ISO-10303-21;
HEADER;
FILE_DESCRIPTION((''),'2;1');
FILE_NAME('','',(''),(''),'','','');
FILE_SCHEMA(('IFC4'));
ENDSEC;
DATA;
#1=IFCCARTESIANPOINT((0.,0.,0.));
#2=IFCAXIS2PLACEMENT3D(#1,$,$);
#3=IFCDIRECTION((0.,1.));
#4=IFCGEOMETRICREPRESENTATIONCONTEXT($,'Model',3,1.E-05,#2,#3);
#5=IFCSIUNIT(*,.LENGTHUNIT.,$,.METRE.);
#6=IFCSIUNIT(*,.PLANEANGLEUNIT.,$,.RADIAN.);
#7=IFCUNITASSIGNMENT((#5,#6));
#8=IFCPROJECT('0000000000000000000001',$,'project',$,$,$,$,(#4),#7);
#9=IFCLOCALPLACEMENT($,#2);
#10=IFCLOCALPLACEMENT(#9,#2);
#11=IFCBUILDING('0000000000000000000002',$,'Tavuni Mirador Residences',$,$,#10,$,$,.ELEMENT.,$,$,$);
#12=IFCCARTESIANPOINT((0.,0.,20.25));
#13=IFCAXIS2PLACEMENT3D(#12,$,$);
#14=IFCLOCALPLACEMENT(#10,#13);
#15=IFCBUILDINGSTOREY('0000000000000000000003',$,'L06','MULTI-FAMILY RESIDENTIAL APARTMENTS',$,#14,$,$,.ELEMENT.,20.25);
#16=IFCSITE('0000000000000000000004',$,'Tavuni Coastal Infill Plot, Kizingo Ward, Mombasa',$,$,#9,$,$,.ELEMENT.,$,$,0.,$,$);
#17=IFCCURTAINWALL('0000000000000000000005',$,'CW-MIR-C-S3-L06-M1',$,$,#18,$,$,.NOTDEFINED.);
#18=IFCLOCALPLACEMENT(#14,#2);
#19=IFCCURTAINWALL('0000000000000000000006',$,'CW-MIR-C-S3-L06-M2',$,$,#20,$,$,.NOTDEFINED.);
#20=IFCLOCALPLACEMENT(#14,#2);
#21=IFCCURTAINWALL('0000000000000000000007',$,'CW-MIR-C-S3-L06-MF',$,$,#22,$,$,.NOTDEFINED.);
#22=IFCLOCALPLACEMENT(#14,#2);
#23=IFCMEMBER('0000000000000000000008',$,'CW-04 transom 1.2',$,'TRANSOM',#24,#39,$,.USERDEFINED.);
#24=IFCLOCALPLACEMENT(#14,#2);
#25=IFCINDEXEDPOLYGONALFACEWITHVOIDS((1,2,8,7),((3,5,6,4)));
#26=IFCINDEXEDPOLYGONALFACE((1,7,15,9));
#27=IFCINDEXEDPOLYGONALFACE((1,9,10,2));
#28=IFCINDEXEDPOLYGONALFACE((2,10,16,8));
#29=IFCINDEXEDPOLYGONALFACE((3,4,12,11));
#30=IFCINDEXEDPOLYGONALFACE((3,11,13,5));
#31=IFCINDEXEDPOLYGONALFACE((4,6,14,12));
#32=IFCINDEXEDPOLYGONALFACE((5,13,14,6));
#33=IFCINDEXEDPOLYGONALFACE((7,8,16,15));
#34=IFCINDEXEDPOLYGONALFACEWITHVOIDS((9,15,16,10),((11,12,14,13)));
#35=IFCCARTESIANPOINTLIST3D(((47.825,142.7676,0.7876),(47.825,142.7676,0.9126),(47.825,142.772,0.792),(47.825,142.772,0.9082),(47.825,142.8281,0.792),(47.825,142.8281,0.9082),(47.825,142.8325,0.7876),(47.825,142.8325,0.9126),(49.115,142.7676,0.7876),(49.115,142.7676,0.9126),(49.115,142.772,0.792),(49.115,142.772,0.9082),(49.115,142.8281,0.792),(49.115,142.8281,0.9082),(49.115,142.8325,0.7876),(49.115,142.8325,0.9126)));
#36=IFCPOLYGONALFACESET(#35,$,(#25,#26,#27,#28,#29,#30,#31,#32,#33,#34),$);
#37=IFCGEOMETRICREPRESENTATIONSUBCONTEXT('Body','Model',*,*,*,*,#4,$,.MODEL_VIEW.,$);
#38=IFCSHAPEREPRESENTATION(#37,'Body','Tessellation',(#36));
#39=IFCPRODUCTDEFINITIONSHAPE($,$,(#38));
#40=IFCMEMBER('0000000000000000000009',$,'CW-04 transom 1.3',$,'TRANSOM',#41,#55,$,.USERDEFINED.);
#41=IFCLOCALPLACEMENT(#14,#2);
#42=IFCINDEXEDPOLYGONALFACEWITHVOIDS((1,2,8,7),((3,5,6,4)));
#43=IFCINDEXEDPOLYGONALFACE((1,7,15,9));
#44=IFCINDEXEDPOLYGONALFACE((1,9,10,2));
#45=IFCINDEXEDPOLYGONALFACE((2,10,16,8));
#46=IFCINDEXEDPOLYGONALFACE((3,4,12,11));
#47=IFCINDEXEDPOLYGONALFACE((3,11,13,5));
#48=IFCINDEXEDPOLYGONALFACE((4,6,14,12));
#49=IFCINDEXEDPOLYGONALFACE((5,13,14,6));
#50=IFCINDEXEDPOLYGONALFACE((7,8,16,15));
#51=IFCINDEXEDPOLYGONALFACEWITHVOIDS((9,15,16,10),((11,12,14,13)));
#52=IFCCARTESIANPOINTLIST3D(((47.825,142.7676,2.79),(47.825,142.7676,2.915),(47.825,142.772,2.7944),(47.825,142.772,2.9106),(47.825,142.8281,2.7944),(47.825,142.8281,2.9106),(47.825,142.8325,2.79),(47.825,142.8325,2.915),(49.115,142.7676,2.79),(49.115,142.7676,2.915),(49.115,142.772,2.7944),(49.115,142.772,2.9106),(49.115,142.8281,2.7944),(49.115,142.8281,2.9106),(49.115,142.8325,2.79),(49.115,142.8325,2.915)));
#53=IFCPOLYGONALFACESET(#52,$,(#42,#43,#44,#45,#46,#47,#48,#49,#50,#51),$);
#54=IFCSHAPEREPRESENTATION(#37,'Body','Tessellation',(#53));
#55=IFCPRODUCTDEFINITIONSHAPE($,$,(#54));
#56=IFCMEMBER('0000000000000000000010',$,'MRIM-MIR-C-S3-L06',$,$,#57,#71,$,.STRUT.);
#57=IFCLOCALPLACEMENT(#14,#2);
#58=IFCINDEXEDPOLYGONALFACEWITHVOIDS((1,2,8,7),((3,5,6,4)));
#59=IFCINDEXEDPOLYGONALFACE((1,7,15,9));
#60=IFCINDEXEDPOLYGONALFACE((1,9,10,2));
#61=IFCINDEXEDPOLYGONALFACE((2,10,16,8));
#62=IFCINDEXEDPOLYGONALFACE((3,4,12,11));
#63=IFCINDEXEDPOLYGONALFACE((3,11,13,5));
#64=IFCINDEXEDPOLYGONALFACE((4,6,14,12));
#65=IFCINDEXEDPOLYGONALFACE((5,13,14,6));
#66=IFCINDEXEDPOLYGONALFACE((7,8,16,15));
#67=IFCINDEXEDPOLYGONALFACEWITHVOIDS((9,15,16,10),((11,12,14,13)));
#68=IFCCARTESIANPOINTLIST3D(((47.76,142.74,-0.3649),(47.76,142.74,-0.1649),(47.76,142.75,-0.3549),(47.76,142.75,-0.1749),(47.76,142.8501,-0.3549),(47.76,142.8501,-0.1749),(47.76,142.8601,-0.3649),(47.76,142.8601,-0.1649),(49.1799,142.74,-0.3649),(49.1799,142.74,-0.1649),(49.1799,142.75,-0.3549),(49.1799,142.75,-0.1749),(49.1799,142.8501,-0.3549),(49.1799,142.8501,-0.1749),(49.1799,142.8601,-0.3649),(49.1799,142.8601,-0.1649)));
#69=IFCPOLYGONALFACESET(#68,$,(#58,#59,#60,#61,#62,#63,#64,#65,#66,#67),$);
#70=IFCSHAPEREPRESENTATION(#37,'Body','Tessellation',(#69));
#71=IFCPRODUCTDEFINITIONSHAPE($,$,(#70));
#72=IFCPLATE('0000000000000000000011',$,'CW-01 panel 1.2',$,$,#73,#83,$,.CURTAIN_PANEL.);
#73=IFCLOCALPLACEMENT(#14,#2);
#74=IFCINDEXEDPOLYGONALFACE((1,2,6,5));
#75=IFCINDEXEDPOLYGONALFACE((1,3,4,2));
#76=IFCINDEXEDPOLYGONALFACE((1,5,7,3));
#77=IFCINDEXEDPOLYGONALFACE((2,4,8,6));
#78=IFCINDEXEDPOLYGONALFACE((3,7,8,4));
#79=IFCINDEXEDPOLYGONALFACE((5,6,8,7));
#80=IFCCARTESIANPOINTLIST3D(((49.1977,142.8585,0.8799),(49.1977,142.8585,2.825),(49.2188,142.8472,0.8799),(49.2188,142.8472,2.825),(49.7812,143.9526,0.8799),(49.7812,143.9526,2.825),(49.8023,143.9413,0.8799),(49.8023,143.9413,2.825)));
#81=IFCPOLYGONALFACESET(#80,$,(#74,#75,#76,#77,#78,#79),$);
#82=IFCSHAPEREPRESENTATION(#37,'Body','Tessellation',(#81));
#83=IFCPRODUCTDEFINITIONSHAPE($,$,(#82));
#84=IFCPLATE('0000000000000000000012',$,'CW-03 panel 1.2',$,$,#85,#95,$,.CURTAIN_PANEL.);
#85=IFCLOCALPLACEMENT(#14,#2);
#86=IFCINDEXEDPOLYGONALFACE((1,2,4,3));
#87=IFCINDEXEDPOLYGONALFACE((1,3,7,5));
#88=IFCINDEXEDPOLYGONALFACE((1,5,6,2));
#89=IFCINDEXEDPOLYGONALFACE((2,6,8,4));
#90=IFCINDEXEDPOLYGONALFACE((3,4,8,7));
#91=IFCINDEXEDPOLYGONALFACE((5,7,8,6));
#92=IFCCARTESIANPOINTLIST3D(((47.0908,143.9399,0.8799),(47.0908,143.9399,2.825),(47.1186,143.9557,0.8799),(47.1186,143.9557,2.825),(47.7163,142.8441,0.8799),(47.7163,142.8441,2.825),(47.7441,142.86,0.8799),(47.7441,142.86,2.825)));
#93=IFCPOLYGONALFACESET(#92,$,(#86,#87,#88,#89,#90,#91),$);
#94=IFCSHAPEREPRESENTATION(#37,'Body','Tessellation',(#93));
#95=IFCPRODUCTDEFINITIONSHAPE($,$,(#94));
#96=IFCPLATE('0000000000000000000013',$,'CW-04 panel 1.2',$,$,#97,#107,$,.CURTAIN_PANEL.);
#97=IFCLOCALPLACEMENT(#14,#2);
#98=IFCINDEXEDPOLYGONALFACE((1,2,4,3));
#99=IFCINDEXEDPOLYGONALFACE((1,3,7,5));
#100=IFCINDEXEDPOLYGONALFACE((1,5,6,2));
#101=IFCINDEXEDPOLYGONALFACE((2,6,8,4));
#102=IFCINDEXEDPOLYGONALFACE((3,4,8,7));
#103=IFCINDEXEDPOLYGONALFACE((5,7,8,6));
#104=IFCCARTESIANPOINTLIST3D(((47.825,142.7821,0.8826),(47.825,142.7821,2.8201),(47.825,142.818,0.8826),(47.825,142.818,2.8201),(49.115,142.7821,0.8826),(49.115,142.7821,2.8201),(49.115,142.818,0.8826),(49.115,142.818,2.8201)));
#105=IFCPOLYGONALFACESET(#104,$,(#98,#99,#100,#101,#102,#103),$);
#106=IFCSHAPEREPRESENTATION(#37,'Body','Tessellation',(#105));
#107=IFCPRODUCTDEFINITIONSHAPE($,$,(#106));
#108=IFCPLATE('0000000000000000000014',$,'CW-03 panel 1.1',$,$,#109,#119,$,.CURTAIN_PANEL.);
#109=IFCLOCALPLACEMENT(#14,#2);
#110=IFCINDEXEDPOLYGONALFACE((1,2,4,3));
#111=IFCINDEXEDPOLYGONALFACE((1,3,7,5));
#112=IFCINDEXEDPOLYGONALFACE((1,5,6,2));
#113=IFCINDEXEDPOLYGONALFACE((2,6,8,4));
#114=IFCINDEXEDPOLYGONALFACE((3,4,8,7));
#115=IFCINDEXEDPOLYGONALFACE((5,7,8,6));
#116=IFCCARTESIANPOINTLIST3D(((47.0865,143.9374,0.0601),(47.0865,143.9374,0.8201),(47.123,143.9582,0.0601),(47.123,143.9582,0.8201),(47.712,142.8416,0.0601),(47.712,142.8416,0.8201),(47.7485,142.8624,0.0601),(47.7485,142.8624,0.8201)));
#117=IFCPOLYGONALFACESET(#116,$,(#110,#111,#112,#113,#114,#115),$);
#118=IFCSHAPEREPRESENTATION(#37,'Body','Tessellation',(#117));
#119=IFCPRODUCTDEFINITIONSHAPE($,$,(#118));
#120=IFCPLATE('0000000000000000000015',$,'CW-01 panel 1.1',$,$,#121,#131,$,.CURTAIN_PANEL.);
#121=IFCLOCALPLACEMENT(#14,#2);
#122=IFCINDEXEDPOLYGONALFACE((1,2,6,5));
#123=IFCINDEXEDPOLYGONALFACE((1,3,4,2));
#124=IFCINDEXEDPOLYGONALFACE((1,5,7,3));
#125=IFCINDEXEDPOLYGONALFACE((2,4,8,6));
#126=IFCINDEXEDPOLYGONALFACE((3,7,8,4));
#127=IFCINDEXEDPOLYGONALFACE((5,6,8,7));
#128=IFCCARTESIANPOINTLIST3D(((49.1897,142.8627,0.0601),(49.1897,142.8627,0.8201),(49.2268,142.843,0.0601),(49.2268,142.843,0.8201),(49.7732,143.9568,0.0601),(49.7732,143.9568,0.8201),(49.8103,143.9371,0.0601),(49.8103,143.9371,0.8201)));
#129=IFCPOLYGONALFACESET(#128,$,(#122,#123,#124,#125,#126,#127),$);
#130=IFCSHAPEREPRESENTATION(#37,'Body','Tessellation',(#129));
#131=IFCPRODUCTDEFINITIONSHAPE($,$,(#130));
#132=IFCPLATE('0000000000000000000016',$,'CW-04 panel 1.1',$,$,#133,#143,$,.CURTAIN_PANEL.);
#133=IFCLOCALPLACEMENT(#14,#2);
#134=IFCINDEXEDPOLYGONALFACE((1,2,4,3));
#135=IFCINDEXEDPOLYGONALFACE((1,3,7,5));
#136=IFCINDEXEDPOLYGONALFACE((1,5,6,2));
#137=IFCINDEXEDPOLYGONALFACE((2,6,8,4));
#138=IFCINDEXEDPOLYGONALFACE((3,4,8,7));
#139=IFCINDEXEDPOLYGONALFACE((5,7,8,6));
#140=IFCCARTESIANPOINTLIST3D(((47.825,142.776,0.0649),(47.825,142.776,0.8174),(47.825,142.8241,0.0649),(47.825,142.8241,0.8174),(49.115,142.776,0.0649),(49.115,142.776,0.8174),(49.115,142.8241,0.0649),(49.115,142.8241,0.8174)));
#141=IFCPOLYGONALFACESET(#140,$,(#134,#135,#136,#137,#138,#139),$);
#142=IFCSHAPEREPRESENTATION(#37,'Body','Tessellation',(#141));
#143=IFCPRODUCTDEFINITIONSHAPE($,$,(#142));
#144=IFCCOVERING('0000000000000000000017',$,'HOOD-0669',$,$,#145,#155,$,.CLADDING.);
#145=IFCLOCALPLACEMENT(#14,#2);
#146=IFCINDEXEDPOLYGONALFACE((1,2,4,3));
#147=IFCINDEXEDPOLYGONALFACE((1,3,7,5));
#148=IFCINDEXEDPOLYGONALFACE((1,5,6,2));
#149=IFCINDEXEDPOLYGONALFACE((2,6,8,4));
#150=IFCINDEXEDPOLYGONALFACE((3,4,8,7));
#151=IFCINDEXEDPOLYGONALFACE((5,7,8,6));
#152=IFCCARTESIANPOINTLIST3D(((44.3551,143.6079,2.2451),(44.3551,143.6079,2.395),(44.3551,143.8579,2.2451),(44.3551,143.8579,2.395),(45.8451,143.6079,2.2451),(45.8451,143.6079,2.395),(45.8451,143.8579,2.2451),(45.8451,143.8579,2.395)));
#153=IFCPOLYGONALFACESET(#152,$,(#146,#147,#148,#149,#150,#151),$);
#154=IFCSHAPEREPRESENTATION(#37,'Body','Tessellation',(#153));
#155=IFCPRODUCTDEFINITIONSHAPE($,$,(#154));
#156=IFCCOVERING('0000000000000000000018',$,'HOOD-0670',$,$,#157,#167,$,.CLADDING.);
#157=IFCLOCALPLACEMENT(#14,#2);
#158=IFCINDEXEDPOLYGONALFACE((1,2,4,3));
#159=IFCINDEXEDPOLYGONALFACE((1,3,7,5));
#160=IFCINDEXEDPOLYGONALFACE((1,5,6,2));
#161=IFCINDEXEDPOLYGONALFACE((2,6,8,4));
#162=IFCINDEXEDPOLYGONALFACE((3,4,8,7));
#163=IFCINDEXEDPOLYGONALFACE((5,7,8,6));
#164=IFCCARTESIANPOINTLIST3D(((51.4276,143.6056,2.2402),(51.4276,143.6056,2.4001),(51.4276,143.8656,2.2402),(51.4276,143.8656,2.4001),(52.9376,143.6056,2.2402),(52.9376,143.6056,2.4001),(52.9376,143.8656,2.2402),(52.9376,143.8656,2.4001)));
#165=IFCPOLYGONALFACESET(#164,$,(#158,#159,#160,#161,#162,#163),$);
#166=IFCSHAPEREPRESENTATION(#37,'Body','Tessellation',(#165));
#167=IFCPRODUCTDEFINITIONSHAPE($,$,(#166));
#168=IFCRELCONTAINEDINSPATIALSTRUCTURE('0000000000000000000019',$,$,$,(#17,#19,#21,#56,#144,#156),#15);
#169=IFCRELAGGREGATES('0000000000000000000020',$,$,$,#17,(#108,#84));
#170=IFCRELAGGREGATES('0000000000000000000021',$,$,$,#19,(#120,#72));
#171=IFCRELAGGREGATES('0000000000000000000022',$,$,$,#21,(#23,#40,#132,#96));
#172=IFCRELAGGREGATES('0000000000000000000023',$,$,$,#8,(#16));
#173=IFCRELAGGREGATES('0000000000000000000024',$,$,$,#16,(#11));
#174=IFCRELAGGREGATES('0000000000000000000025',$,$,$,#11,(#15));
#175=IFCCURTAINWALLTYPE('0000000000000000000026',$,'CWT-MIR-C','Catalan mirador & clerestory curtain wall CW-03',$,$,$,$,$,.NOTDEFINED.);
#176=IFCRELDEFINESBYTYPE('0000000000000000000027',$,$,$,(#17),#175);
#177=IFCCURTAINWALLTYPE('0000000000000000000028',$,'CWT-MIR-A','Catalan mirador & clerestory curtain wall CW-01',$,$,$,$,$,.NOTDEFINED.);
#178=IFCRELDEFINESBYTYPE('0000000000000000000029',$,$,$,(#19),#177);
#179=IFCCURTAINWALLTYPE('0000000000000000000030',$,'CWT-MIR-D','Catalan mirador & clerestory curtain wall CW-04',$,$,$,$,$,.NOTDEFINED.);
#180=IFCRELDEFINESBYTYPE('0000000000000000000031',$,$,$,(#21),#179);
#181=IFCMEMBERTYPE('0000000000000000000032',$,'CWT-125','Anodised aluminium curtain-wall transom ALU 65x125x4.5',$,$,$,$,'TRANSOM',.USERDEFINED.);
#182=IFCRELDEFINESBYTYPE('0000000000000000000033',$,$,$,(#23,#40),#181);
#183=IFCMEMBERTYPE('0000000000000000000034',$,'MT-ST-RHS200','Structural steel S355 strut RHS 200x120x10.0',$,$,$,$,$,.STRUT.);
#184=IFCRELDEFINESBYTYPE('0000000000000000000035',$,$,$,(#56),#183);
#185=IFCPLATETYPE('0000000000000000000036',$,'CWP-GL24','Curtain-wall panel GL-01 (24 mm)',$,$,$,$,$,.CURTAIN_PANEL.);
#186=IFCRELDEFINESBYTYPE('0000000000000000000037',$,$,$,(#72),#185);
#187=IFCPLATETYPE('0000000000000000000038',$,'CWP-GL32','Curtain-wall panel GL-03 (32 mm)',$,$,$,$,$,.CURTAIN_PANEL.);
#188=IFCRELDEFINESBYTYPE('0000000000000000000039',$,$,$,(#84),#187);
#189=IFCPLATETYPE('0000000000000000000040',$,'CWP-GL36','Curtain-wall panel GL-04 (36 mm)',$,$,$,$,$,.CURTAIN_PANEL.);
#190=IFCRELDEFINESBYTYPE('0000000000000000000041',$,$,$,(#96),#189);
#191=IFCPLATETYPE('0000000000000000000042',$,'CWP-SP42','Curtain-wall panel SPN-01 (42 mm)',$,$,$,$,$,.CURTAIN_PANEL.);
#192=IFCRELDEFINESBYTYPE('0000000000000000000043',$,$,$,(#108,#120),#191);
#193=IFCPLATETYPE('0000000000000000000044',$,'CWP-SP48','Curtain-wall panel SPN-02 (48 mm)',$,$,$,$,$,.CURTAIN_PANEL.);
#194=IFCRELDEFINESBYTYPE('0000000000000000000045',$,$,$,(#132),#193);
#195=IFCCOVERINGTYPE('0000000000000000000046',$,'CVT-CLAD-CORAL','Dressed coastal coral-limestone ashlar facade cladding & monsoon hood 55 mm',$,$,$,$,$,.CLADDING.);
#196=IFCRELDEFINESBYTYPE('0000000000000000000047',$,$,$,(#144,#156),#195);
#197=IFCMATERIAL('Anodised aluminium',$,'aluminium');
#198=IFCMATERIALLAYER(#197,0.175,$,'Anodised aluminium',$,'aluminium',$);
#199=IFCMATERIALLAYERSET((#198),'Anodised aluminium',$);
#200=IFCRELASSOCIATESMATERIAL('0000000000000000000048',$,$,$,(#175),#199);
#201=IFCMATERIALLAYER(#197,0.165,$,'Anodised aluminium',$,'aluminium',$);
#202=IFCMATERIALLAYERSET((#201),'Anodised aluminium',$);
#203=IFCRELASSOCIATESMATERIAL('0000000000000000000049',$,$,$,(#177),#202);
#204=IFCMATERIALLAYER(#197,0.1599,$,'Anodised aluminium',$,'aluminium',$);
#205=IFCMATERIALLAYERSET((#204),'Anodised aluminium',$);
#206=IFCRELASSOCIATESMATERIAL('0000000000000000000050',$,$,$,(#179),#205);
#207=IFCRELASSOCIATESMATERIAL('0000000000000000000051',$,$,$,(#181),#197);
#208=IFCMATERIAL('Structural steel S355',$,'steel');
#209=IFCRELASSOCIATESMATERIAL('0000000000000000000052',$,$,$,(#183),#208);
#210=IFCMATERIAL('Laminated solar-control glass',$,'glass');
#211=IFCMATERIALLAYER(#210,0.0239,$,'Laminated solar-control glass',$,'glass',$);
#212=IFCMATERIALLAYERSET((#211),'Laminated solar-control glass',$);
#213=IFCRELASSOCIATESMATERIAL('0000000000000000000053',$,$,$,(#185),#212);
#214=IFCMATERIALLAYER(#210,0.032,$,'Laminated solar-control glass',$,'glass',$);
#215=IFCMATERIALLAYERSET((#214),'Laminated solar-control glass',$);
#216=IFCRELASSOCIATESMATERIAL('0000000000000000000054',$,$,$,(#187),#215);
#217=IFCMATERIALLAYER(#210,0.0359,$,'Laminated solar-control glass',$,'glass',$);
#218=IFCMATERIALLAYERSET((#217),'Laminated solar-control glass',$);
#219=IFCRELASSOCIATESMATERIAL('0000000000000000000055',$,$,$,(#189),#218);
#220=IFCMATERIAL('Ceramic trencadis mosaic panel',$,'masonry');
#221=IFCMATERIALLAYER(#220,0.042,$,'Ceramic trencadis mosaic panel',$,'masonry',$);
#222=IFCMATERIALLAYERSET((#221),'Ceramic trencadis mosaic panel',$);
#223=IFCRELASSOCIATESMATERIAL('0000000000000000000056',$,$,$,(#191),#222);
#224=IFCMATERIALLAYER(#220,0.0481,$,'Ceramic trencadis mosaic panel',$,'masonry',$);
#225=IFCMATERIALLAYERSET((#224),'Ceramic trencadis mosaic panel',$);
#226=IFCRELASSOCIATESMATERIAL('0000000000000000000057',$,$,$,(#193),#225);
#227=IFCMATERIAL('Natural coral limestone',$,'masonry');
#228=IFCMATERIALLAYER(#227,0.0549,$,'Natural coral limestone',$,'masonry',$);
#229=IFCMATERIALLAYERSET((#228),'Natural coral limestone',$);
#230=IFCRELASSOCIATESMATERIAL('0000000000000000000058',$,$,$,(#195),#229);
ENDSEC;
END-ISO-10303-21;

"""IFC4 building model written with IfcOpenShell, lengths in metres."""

from ifc_helpers import new_model, si_unit, direction, frame, origin, origin_2d, place, context, subcontext, project, spatial, rectangle, hollow_rectangle, extrude, material, layer, layer_set, material_profile, profile_set, type_object, element, aggregate, save


model = new_model("IFC4")

# Units and contexts
model_context = context("Model", 3, precision=1e-05, world=origin(), true_north=direction((0.0, 1.0)))
body_context = subcontext(model_context, "Body", "Model", "MODEL_VIEW")
ifc_project = project(units=[si_unit("LENGTHUNIT", "METRE"), si_unit("PLANEANGLEUNIT", "RADIAN")], contexts=[model_context])

# Site, building, storey
site_placement = place(None, origin())
site = spatial("IfcSite", under=ifc_project, at=site_placement, Name="Tavuni Coastal Infill Plot, Kizingo Ward, Mombasa", CompositionType="ELEMENT", RefElevation=0.0)
building_placement = place(site_placement, origin())
building = spatial("IfcBuilding", under=site, at=building_placement, Name="Tavuni Mirador Residences", CompositionType="ELEMENT")
storey_placement = place(building_placement, frame((0.0, 0.0, 20.25)))
storey = spatial("IfcBuildingStorey", under=building, at=storey_placement, Name="L06", Description="MULTI-FAMILY RESIDENTIAL APARTMENTS", CompositionType="ELEMENT", Elevation=20.25)

# Curtain walls
ifc_material_1 = material(Name="Anodised aluminium", Category="aluminium")
ifc_layer_1 = layer(ifc_material_1, 0.175, Name="Anodised aluminium", Category="aluminium")
ifc_layer_set_1 = layer_set([ifc_layer_1], Name="Anodised aluminium")
curtain_wall_type_1 = type_object("IfcCurtainWallType", Name="CWT-MIR-C", Description="Catalan mirador & clerestory curtain wall CW-03", PredefinedType="NOTDEFINED", material=ifc_layer_set_1)
curtain_wall_1_placement = place(storey_placement, origin())
curtain_wall_1 = element("IfcCurtainWall", 1, at=curtain_wall_1_placement, inside=storey, type_object=curtain_wall_type_1, Name="CW-MIR-C-S3-L06-M1", PredefinedType="NOTDEFINED")
ifc_layer_2 = layer(ifc_material_1, 0.165, Name="Anodised aluminium", Category="aluminium")
ifc_layer_set_2 = layer_set([ifc_layer_2], Name="Anodised aluminium")
curtain_wall_type_2 = type_object("IfcCurtainWallType", Name="CWT-MIR-A", Description="Catalan mirador & clerestory curtain wall CW-01", PredefinedType="NOTDEFINED", material=ifc_layer_set_2)
curtain_wall_2_placement = place(storey_placement, origin())
curtain_wall_2 = element("IfcCurtainWall", 2, at=curtain_wall_2_placement, inside=storey, type_object=curtain_wall_type_2, Name="CW-MIR-C-S3-L06-M2", PredefinedType="NOTDEFINED")

# Curtain wall
ifc_layer_3 = layer(ifc_material_1, 0.1599, Name="Anodised aluminium", Category="aluminium")
ifc_layer_set_3 = layer_set([ifc_layer_3], Name="Anodised aluminium")
curtain_wall_type_3 = type_object("IfcCurtainWallType", Name="CWT-MIR-D", Description="Catalan mirador & clerestory curtain wall CW-04", PredefinedType="NOTDEFINED", material=ifc_layer_set_3)
curtain_wall_3_placement = place(storey_placement, origin())
curtain_wall_3 = element("IfcCurtainWall", 3, at=curtain_wall_3_placement, inside=storey, type_object=curtain_wall_type_3, Name="CW-MIR-C-S3-L06-MF", PredefinedType="NOTDEFINED")

# Members
ifc_material_profile_1 = material_profile(ifc_material_1, hollow_rectangle(XDim=0.0649, YDim=0.125, WallThickness=0.0044, at=origin_2d()), Name="ALU 65x125x4.5", Category="aluminium")
ifc_profile_set_1 = profile_set([ifc_material_profile_1], Name="Anodised aluminium")
member_type_1 = type_object("IfcMemberType", Name="CWT-125", Description="Anodised aluminium curtain-wall transom ALU 65x125x4.5", ElementType="TRANSOM", PredefinedType="USERDEFINED", material=ifc_profile_set_1)
member_1_placement = place(storey_placement, frame((47.825, 142.8, 0.8501), z_axis=(1.0, 0.0, 0.0), x_axis=(0.0, 1.0, 0.0)))
member_1 = element("IfcMember", 4, at=member_1_placement, type_object=member_type_1, Name="CW-04 transom 1.2", ObjectType="TRANSOM", PredefinedType="USERDEFINED", context=body_context, shape_type="SweptSolid", body=[
    extrude(hollow_rectangle(XDim=0.0649, YDim=0.125, WallThickness=0.0044, at=origin_2d()), origin(), (0.0, 0.0, 1.0), 1.29),
])
member_2_placement = place(storey_placement, frame((47.825, 142.8, 2.8525), z_axis=(1.0, 0.0, 0.0), x_axis=(0.0, 1.0, 0.0)))
member_2 = element("IfcMember", 5, at=member_2_placement, type_object=member_type_1, Name="CW-04 transom 1.3", ObjectType="TRANSOM", PredefinedType="USERDEFINED", context=body_context, shape_type="SweptSolid", body=[
    extrude(hollow_rectangle(XDim=0.0649, YDim=0.125, WallThickness=0.0044, at=origin_2d()), origin(), (0.0, 0.0, 1.0), 1.29),
])
ifc_material_2 = material(Name="Structural steel S355", Category="steel")
ifc_material_profile_2 = material_profile(ifc_material_2, hollow_rectangle(XDim=0.1201, YDim=0.2, WallThickness=0.01, at=origin_2d()), Name="RHS 200x120x10.0", Category="steel")
ifc_profile_set_2 = profile_set([ifc_material_profile_2], Name="Structural steel S355")
member_type_2 = type_object("IfcMemberType", Name="MT-ST-RHS200", Description="Structural steel S355 strut RHS 200x120x10.0", PredefinedType="STRUT", material=ifc_profile_set_2)
member_3_placement = place(storey_placement, frame((47.76, 142.8, -0.2649), z_axis=(1.0, 0.0, 0.0), x_axis=(0.0, 1.0, 0.0)))
element("IfcMember", 6, at=member_3_placement, inside=storey, type_object=member_type_2, Name="MRIM-MIR-C-S3-L06", PredefinedType="STRUT", context=body_context, shape_type="SweptSolid", body=[
    extrude(hollow_rectangle(XDim=0.1201, YDim=0.2, WallThickness=0.01, at=origin_2d()), origin(), (0.0, 0.0, 1.0), 1.4199),
])

# Plates
ifc_material_3 = material(Name="Laminated solar-control glass", Category="glass")
ifc_layer_4 = layer(ifc_material_3, 0.0239, Name="Laminated solar-control glass", Category="glass")
ifc_layer_set_4 = layer_set([ifc_layer_4], Name="Laminated solar-control glass")
plate_type_1 = type_object("IfcPlateType", Name="CWP-GL24", Description="Curtain-wall panel GL-01 (24 mm)", PredefinedType="CURTAIN_PANEL", material=ifc_layer_set_4)
plate_1_placement = place(storey_placement, frame((49.5, 143.3999, 0.8799), z_axis=(0.0, 0.0, 1.0), x_axis=(0.470588, 0.882353, 0.0)))
plate_1 = element("IfcPlate", 7, at=plate_1_placement, type_object=plate_type_1, Name="CW-01 panel 1.2", PredefinedType="CURTAIN_PANEL", context=body_context, shape_type="SweptSolid", body=[
    extrude(rectangle(XDim=1.24, YDim=0.0239, at=origin_2d()), origin(), (0.0, 0.0, 1.0), 1.9451),
])
ifc_layer_5 = layer(ifc_material_3, 0.032, Name="Laminated solar-control glass", Category="glass")
ifc_layer_set_5 = layer_set([ifc_layer_5], Name="Laminated solar-control glass")
plate_type_2 = type_object("IfcPlateType", Name="CWP-GL32", Description="Curtain-wall panel GL-03 (32 mm)", PredefinedType="CURTAIN_PANEL", material=ifc_layer_set_5)
plate_2_placement = place(storey_placement, frame((47.4175, 143.3999, 0.8799), z_axis=(0.0, 0.0, 1.0), x_axis=(0.495749, -0.868466, 0.0)))
plate_2 = element("IfcPlate", 8, at=plate_2_placement, type_object=plate_type_2, Name="CW-03 panel 1.2", PredefinedType="CURTAIN_PANEL", context=body_context, shape_type="SweptSolid", body=[
    extrude(rectangle(XDim=1.2617, YDim=0.032, at=origin_2d()), origin(), (0.0, 0.0, 1.0), 1.9451),
])
ifc_layer_6 = layer(ifc_material_3, 0.0359, Name="Laminated solar-control glass", Category="glass")
ifc_layer_set_6 = layer_set([ifc_layer_6], Name="Laminated solar-control glass")
plate_type_3 = type_object("IfcPlateType", Name="CWP-GL36", Description="Curtain-wall panel GL-04 (36 mm)", PredefinedType="CURTAIN_PANEL", material=ifc_layer_set_6)
plate_3_placement = place(storey_placement, frame((48.47, 142.8, 0.8826), z_axis=(0.0, 0.0, 1.0), x_axis=(1.0, 0.0, 0.0)))
plate_3 = element("IfcPlate", 9, at=plate_3_placement, type_object=plate_type_3, Name="CW-04 panel 1.2", PredefinedType="CURTAIN_PANEL", context=body_context, shape_type="SweptSolid", body=[
    extrude(rectangle(XDim=1.29, YDim=0.0359, at=origin_2d()), origin(), (0.0, 0.0, 1.0), 1.9375),
])
ifc_material_4 = material(Name="Ceramic trencadis mosaic panel", Category="masonry")
ifc_layer_7 = layer(ifc_material_4, 0.042, Name="Ceramic trencadis mosaic panel", Category="masonry")
ifc_layer_set_7 = layer_set([ifc_layer_7], Name="Ceramic trencadis mosaic panel")
plate_type_4 = type_object("IfcPlateType", Name="CWP-SP42", Description="Curtain-wall panel SPN-01 (42 mm)", PredefinedType="CURTAIN_PANEL", material=ifc_layer_set_7)
plate_4_placement = place(storey_placement, frame((47.4175, 143.3999, 0.0601), z_axis=(0.0, 0.0, 1.0), x_axis=(0.495749, -0.868466, 0.0)))
plate_4 = element("IfcPlate", 10, at=plate_4_placement, type_object=plate_type_4, Name="CW-03 panel 1.1", PredefinedType="CURTAIN_PANEL", context=body_context, shape_type="SweptSolid", body=[
    extrude(rectangle(XDim=1.2617, YDim=0.042, at=origin_2d()), origin(), (0.0, 0.0, 1.0), 0.76),
])
aggregate(curtain_wall_1, [plate_4, plate_2])
plate_5_placement = place(storey_placement, frame((49.5, 143.3999, 0.0601), z_axis=(0.0, 0.0, 1.0), x_axis=(0.470588, 0.882353, 0.0)))
plate_5 = element("IfcPlate", 11, at=plate_5_placement, type_object=plate_type_4, Name="CW-01 panel 1.1", PredefinedType="CURTAIN_PANEL", context=body_context, shape_type="SweptSolid", body=[
    extrude(rectangle(XDim=1.24, YDim=0.042, at=origin_2d()), origin(), (0.0, 0.0, 1.0), 0.76),
])
aggregate(curtain_wall_2, [plate_5, plate_1])
ifc_layer_8 = layer(ifc_material_4, 0.0481, Name="Ceramic trencadis mosaic panel", Category="masonry")
ifc_layer_set_8 = layer_set([ifc_layer_8], Name="Ceramic trencadis mosaic panel")
plate_type_5 = type_object("IfcPlateType", Name="CWP-SP48", Description="Curtain-wall panel SPN-02 (48 mm)", PredefinedType="CURTAIN_PANEL", material=ifc_layer_set_8)
plate_6_placement = place(storey_placement, frame((48.47, 142.8, 0.0649), z_axis=(0.0, 0.0, 1.0), x_axis=(1.0, 0.0, 0.0)))
plate_6 = element("IfcPlate", 12, at=plate_6_placement, type_object=plate_type_5, Name="CW-04 panel 1.1", PredefinedType="CURTAIN_PANEL", context=body_context, shape_type="SweptSolid", body=[
    extrude(rectangle(XDim=1.29, YDim=0.0481, at=origin_2d()), origin(), (0.0, 0.0, 1.0), 0.7524),
])
aggregate(curtain_wall_3, [member_1, member_2, plate_6, plate_3])

# Coverings
ifc_material_5 = material(Name="Natural coral limestone", Category="masonry")
ifc_layer_9 = layer(ifc_material_5, 0.0549, Name="Natural coral limestone", Category="masonry")
ifc_layer_set_9 = layer_set([ifc_layer_9], Name="Natural coral limestone")
covering_type = type_object("IfcCoveringType", Name="CVT-CLAD-CORAL", Description="Dressed coastal coral-limestone ashlar facade cladding & monsoon hood 55 mm", PredefinedType="CLADDING", material=ifc_layer_set_9)
covering_1_placement = place(storey_placement, frame((45.1001, 143.7329, 2.2451), z_axis=(0.0, 0.0, 1.0), x_axis=(1.0, 0.0, 0.0)))
element("IfcCovering", 13, at=covering_1_placement, inside=storey, type_object=covering_type, Name="HOOD-0669", PredefinedType="CLADDING", context=body_context, shape_type="SweptSolid", body=[
    extrude(rectangle(XDim=1.49, YDim=0.25, at=origin_2d()), origin(), (0.0, 0.0, 1.0), 0.1499),
])
covering_2_placement = place(storey_placement, frame((52.1826, 143.7356, 2.2402), z_axis=(0.0, 0.0, 1.0), x_axis=(1.0, 0.0, 0.0)))
element("IfcCovering", 14, at=covering_2_placement, inside=storey, type_object=covering_type, Name="HOOD-0670", PredefinedType="CLADDING", context=body_context, shape_type="SweptSolid", body=[
    extrude(rectangle(XDim=1.51, YDim=0.26, at=origin_2d()), origin(), (0.0, 0.0, 1.0), 0.1599),
])

save(model, "model.ifc")
